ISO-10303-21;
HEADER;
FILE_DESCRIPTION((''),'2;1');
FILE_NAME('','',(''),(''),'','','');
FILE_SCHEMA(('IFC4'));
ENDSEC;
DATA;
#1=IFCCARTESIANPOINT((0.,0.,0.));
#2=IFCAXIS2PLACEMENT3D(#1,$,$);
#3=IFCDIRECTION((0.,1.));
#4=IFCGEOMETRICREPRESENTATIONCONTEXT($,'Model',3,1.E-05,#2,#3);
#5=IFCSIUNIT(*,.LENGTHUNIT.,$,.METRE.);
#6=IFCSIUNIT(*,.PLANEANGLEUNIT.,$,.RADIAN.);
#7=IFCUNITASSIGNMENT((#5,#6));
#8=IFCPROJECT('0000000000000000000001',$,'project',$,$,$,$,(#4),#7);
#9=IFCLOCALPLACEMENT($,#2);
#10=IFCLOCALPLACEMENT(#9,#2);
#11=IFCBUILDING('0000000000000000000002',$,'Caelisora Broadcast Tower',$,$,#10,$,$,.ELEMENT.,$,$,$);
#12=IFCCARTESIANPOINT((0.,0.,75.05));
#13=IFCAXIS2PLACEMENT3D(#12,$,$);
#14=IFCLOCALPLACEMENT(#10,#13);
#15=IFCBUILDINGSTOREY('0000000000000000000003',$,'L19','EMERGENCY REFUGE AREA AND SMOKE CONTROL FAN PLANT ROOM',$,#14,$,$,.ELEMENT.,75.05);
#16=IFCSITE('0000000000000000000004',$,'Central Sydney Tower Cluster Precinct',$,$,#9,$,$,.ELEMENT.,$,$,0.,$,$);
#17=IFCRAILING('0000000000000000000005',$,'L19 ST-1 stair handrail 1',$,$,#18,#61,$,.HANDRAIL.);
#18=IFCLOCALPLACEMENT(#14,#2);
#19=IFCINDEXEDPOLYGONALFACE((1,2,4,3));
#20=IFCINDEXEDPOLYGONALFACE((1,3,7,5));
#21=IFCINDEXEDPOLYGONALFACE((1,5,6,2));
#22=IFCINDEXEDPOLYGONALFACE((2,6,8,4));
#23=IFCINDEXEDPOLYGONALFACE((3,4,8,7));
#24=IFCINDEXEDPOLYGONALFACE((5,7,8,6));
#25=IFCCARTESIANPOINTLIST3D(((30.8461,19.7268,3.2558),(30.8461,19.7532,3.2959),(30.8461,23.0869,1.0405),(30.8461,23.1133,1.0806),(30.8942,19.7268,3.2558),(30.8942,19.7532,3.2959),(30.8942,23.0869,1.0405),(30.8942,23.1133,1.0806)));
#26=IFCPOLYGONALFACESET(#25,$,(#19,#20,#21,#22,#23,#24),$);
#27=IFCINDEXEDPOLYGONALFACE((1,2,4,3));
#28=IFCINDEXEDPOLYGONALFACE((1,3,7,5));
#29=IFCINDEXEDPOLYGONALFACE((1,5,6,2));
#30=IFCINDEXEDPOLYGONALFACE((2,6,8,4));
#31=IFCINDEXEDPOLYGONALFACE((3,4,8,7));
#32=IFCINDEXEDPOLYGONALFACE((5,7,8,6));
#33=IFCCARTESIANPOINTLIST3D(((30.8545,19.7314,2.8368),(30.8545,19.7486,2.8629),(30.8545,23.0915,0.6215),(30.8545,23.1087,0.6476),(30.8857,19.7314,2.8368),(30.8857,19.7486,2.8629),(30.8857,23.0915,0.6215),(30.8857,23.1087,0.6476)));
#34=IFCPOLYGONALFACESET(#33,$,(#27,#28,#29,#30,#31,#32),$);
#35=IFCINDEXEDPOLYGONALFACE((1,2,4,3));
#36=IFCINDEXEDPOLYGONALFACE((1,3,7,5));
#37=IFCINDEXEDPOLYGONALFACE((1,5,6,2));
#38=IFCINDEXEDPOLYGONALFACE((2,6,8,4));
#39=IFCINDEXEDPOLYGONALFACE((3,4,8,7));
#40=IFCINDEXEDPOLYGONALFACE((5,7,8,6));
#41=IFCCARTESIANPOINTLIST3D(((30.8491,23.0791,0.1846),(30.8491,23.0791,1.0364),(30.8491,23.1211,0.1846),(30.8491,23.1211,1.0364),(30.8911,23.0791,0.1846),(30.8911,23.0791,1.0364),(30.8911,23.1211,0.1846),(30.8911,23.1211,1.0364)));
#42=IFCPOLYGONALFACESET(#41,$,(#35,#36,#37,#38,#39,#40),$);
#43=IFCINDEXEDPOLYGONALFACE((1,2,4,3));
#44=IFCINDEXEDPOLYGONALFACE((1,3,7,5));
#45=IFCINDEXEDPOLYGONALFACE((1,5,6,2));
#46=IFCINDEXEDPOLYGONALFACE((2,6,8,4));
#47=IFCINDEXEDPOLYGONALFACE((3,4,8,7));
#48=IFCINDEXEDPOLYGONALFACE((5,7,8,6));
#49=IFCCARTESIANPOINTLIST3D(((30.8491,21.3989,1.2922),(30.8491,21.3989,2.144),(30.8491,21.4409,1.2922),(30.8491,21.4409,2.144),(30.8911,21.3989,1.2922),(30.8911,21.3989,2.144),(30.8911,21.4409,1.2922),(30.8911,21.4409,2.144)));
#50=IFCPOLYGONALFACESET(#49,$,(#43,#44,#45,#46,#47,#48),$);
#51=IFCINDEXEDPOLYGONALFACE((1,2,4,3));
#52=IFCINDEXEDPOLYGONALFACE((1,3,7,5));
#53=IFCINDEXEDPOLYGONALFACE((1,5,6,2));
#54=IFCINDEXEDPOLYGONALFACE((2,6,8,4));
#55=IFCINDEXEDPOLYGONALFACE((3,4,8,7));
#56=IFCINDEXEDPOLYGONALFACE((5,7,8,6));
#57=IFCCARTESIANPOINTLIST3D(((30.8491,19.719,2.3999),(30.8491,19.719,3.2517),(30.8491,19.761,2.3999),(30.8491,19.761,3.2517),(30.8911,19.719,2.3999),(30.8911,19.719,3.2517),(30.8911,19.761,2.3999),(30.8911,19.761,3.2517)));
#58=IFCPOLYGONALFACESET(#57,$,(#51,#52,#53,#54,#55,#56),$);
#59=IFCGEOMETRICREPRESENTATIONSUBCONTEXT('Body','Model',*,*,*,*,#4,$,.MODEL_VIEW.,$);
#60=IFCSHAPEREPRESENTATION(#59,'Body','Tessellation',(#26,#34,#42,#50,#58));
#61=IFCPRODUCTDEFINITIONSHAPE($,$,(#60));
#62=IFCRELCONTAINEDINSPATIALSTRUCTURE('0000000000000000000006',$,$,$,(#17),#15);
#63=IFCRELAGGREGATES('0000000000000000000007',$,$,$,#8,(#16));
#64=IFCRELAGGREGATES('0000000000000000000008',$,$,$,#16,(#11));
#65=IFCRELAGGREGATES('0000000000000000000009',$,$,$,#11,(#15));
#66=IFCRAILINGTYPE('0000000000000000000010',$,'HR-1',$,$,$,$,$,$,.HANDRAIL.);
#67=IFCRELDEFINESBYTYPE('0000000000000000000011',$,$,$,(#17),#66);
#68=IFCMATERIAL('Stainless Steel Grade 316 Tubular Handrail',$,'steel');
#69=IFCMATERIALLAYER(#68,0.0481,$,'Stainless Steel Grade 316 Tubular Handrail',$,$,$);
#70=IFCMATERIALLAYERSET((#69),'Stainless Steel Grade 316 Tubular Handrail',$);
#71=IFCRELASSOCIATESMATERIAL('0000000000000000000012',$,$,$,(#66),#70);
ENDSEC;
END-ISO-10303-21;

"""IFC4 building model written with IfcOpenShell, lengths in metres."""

from ifc_helpers import new_model, si_unit, direction, frame, origin, origin_2d, place, context, subcontext, project, spatial, rectangle, extrude, material, layer, layer_set, type_object, element, save


model = new_model("IFC4")

# Units and contexts
model_context = context("Model", 3, precision=1e-05, world=origin(), true_north=direction((0.0, 1.0)))
body_context = subcontext(model_context, "Body", "Model", "MODEL_VIEW")
ifc_project = project(units=[si_unit("LENGTHUNIT", "METRE"), si_unit("PLANEANGLEUNIT", "RADIAN")], contexts=[model_context])

# Site, building, storey
site_placement = place(None, origin())
site = spatial("IfcSite", under=ifc_project, at=site_placement, Name="Central Sydney Tower Cluster Precinct", CompositionType="ELEMENT", RefElevation=0.0)
building_placement = place(site_placement, origin())
building = spatial("IfcBuilding", under=site, at=building_placement, Name="Caelisora Broadcast Tower", CompositionType="ELEMENT")
storey_placement = place(building_placement, frame((0.0, 0.0, 75.05)))
storey = spatial("IfcBuildingStorey", under=building, at=storey_placement, Name="L19", Description="EMERGENCY REFUGE AREA AND SMOKE CONTROL FAN PLANT ROOM", CompositionType="ELEMENT", Elevation=75.05)

# Railing
ifc_material_1 = material(Name="Stainless Steel Grade 316 Tubular Handrail", Category="steel")
ifc_layer_1 = layer(ifc_material_1, 0.0481, Name="Stainless Steel Grade 316 Tubular Handrail")
ifc_layer_set_1 = layer_set([ifc_layer_1], Name="Stainless Steel Grade 316 Tubular Handrail")
railing_type_1 = type_object("IfcRailingType", Name="HR-1", PredefinedType="HANDRAIL", material=ifc_layer_set_1)
railing_1_placement = place(storey_placement, frame((30.8701, 23.1001, 0.1846)))
element("IfcRailing", 1, at=railing_1_placement, inside=storey, type_object=railing_type_1, Name="L19 ST-1 stair handrail 1", PredefinedType="HANDRAIL", context=body_context, shape_type="SweptSolid", body=[
    extrude(rectangle(XDim=0.0481, YDim=0.0481, at=origin_2d()), frame((0.0, 0.0, 0.876), z_axis=(0.0, -0.834876, 0.550437), x_axis=(1.0, 0.0, 0.0)), (0.0, 0.0, 1.0), 4.0247),
    extrude(rectangle(XDim=0.0312, YDim=0.0312, at=origin_2d()), frame((0.0, 0.0, 0.45), z_axis=(0.0, -0.834876, 0.550437), x_axis=(1.0, 0.0, 0.0)), (0.0, 0.0, 1.0), 4.0247),
    extrude(rectangle(XDim=0.042, YDim=0.042, at=origin_2d()), origin(), (0.0, 0.0, 1.0), 0.8518),
    extrude(rectangle(XDim=0.042, YDim=0.042, at=origin_2d()), frame((0.0, -1.6802, 1.1077)), (0.0, 0.0, 1.0), 0.8518),
    extrude(rectangle(XDim=0.042, YDim=0.042, at=origin_2d()), frame((0.0, -3.3601, 2.2153)), (0.0, 0.0, 1.0), 0.8518),
])

save(model, "model.ifc")
